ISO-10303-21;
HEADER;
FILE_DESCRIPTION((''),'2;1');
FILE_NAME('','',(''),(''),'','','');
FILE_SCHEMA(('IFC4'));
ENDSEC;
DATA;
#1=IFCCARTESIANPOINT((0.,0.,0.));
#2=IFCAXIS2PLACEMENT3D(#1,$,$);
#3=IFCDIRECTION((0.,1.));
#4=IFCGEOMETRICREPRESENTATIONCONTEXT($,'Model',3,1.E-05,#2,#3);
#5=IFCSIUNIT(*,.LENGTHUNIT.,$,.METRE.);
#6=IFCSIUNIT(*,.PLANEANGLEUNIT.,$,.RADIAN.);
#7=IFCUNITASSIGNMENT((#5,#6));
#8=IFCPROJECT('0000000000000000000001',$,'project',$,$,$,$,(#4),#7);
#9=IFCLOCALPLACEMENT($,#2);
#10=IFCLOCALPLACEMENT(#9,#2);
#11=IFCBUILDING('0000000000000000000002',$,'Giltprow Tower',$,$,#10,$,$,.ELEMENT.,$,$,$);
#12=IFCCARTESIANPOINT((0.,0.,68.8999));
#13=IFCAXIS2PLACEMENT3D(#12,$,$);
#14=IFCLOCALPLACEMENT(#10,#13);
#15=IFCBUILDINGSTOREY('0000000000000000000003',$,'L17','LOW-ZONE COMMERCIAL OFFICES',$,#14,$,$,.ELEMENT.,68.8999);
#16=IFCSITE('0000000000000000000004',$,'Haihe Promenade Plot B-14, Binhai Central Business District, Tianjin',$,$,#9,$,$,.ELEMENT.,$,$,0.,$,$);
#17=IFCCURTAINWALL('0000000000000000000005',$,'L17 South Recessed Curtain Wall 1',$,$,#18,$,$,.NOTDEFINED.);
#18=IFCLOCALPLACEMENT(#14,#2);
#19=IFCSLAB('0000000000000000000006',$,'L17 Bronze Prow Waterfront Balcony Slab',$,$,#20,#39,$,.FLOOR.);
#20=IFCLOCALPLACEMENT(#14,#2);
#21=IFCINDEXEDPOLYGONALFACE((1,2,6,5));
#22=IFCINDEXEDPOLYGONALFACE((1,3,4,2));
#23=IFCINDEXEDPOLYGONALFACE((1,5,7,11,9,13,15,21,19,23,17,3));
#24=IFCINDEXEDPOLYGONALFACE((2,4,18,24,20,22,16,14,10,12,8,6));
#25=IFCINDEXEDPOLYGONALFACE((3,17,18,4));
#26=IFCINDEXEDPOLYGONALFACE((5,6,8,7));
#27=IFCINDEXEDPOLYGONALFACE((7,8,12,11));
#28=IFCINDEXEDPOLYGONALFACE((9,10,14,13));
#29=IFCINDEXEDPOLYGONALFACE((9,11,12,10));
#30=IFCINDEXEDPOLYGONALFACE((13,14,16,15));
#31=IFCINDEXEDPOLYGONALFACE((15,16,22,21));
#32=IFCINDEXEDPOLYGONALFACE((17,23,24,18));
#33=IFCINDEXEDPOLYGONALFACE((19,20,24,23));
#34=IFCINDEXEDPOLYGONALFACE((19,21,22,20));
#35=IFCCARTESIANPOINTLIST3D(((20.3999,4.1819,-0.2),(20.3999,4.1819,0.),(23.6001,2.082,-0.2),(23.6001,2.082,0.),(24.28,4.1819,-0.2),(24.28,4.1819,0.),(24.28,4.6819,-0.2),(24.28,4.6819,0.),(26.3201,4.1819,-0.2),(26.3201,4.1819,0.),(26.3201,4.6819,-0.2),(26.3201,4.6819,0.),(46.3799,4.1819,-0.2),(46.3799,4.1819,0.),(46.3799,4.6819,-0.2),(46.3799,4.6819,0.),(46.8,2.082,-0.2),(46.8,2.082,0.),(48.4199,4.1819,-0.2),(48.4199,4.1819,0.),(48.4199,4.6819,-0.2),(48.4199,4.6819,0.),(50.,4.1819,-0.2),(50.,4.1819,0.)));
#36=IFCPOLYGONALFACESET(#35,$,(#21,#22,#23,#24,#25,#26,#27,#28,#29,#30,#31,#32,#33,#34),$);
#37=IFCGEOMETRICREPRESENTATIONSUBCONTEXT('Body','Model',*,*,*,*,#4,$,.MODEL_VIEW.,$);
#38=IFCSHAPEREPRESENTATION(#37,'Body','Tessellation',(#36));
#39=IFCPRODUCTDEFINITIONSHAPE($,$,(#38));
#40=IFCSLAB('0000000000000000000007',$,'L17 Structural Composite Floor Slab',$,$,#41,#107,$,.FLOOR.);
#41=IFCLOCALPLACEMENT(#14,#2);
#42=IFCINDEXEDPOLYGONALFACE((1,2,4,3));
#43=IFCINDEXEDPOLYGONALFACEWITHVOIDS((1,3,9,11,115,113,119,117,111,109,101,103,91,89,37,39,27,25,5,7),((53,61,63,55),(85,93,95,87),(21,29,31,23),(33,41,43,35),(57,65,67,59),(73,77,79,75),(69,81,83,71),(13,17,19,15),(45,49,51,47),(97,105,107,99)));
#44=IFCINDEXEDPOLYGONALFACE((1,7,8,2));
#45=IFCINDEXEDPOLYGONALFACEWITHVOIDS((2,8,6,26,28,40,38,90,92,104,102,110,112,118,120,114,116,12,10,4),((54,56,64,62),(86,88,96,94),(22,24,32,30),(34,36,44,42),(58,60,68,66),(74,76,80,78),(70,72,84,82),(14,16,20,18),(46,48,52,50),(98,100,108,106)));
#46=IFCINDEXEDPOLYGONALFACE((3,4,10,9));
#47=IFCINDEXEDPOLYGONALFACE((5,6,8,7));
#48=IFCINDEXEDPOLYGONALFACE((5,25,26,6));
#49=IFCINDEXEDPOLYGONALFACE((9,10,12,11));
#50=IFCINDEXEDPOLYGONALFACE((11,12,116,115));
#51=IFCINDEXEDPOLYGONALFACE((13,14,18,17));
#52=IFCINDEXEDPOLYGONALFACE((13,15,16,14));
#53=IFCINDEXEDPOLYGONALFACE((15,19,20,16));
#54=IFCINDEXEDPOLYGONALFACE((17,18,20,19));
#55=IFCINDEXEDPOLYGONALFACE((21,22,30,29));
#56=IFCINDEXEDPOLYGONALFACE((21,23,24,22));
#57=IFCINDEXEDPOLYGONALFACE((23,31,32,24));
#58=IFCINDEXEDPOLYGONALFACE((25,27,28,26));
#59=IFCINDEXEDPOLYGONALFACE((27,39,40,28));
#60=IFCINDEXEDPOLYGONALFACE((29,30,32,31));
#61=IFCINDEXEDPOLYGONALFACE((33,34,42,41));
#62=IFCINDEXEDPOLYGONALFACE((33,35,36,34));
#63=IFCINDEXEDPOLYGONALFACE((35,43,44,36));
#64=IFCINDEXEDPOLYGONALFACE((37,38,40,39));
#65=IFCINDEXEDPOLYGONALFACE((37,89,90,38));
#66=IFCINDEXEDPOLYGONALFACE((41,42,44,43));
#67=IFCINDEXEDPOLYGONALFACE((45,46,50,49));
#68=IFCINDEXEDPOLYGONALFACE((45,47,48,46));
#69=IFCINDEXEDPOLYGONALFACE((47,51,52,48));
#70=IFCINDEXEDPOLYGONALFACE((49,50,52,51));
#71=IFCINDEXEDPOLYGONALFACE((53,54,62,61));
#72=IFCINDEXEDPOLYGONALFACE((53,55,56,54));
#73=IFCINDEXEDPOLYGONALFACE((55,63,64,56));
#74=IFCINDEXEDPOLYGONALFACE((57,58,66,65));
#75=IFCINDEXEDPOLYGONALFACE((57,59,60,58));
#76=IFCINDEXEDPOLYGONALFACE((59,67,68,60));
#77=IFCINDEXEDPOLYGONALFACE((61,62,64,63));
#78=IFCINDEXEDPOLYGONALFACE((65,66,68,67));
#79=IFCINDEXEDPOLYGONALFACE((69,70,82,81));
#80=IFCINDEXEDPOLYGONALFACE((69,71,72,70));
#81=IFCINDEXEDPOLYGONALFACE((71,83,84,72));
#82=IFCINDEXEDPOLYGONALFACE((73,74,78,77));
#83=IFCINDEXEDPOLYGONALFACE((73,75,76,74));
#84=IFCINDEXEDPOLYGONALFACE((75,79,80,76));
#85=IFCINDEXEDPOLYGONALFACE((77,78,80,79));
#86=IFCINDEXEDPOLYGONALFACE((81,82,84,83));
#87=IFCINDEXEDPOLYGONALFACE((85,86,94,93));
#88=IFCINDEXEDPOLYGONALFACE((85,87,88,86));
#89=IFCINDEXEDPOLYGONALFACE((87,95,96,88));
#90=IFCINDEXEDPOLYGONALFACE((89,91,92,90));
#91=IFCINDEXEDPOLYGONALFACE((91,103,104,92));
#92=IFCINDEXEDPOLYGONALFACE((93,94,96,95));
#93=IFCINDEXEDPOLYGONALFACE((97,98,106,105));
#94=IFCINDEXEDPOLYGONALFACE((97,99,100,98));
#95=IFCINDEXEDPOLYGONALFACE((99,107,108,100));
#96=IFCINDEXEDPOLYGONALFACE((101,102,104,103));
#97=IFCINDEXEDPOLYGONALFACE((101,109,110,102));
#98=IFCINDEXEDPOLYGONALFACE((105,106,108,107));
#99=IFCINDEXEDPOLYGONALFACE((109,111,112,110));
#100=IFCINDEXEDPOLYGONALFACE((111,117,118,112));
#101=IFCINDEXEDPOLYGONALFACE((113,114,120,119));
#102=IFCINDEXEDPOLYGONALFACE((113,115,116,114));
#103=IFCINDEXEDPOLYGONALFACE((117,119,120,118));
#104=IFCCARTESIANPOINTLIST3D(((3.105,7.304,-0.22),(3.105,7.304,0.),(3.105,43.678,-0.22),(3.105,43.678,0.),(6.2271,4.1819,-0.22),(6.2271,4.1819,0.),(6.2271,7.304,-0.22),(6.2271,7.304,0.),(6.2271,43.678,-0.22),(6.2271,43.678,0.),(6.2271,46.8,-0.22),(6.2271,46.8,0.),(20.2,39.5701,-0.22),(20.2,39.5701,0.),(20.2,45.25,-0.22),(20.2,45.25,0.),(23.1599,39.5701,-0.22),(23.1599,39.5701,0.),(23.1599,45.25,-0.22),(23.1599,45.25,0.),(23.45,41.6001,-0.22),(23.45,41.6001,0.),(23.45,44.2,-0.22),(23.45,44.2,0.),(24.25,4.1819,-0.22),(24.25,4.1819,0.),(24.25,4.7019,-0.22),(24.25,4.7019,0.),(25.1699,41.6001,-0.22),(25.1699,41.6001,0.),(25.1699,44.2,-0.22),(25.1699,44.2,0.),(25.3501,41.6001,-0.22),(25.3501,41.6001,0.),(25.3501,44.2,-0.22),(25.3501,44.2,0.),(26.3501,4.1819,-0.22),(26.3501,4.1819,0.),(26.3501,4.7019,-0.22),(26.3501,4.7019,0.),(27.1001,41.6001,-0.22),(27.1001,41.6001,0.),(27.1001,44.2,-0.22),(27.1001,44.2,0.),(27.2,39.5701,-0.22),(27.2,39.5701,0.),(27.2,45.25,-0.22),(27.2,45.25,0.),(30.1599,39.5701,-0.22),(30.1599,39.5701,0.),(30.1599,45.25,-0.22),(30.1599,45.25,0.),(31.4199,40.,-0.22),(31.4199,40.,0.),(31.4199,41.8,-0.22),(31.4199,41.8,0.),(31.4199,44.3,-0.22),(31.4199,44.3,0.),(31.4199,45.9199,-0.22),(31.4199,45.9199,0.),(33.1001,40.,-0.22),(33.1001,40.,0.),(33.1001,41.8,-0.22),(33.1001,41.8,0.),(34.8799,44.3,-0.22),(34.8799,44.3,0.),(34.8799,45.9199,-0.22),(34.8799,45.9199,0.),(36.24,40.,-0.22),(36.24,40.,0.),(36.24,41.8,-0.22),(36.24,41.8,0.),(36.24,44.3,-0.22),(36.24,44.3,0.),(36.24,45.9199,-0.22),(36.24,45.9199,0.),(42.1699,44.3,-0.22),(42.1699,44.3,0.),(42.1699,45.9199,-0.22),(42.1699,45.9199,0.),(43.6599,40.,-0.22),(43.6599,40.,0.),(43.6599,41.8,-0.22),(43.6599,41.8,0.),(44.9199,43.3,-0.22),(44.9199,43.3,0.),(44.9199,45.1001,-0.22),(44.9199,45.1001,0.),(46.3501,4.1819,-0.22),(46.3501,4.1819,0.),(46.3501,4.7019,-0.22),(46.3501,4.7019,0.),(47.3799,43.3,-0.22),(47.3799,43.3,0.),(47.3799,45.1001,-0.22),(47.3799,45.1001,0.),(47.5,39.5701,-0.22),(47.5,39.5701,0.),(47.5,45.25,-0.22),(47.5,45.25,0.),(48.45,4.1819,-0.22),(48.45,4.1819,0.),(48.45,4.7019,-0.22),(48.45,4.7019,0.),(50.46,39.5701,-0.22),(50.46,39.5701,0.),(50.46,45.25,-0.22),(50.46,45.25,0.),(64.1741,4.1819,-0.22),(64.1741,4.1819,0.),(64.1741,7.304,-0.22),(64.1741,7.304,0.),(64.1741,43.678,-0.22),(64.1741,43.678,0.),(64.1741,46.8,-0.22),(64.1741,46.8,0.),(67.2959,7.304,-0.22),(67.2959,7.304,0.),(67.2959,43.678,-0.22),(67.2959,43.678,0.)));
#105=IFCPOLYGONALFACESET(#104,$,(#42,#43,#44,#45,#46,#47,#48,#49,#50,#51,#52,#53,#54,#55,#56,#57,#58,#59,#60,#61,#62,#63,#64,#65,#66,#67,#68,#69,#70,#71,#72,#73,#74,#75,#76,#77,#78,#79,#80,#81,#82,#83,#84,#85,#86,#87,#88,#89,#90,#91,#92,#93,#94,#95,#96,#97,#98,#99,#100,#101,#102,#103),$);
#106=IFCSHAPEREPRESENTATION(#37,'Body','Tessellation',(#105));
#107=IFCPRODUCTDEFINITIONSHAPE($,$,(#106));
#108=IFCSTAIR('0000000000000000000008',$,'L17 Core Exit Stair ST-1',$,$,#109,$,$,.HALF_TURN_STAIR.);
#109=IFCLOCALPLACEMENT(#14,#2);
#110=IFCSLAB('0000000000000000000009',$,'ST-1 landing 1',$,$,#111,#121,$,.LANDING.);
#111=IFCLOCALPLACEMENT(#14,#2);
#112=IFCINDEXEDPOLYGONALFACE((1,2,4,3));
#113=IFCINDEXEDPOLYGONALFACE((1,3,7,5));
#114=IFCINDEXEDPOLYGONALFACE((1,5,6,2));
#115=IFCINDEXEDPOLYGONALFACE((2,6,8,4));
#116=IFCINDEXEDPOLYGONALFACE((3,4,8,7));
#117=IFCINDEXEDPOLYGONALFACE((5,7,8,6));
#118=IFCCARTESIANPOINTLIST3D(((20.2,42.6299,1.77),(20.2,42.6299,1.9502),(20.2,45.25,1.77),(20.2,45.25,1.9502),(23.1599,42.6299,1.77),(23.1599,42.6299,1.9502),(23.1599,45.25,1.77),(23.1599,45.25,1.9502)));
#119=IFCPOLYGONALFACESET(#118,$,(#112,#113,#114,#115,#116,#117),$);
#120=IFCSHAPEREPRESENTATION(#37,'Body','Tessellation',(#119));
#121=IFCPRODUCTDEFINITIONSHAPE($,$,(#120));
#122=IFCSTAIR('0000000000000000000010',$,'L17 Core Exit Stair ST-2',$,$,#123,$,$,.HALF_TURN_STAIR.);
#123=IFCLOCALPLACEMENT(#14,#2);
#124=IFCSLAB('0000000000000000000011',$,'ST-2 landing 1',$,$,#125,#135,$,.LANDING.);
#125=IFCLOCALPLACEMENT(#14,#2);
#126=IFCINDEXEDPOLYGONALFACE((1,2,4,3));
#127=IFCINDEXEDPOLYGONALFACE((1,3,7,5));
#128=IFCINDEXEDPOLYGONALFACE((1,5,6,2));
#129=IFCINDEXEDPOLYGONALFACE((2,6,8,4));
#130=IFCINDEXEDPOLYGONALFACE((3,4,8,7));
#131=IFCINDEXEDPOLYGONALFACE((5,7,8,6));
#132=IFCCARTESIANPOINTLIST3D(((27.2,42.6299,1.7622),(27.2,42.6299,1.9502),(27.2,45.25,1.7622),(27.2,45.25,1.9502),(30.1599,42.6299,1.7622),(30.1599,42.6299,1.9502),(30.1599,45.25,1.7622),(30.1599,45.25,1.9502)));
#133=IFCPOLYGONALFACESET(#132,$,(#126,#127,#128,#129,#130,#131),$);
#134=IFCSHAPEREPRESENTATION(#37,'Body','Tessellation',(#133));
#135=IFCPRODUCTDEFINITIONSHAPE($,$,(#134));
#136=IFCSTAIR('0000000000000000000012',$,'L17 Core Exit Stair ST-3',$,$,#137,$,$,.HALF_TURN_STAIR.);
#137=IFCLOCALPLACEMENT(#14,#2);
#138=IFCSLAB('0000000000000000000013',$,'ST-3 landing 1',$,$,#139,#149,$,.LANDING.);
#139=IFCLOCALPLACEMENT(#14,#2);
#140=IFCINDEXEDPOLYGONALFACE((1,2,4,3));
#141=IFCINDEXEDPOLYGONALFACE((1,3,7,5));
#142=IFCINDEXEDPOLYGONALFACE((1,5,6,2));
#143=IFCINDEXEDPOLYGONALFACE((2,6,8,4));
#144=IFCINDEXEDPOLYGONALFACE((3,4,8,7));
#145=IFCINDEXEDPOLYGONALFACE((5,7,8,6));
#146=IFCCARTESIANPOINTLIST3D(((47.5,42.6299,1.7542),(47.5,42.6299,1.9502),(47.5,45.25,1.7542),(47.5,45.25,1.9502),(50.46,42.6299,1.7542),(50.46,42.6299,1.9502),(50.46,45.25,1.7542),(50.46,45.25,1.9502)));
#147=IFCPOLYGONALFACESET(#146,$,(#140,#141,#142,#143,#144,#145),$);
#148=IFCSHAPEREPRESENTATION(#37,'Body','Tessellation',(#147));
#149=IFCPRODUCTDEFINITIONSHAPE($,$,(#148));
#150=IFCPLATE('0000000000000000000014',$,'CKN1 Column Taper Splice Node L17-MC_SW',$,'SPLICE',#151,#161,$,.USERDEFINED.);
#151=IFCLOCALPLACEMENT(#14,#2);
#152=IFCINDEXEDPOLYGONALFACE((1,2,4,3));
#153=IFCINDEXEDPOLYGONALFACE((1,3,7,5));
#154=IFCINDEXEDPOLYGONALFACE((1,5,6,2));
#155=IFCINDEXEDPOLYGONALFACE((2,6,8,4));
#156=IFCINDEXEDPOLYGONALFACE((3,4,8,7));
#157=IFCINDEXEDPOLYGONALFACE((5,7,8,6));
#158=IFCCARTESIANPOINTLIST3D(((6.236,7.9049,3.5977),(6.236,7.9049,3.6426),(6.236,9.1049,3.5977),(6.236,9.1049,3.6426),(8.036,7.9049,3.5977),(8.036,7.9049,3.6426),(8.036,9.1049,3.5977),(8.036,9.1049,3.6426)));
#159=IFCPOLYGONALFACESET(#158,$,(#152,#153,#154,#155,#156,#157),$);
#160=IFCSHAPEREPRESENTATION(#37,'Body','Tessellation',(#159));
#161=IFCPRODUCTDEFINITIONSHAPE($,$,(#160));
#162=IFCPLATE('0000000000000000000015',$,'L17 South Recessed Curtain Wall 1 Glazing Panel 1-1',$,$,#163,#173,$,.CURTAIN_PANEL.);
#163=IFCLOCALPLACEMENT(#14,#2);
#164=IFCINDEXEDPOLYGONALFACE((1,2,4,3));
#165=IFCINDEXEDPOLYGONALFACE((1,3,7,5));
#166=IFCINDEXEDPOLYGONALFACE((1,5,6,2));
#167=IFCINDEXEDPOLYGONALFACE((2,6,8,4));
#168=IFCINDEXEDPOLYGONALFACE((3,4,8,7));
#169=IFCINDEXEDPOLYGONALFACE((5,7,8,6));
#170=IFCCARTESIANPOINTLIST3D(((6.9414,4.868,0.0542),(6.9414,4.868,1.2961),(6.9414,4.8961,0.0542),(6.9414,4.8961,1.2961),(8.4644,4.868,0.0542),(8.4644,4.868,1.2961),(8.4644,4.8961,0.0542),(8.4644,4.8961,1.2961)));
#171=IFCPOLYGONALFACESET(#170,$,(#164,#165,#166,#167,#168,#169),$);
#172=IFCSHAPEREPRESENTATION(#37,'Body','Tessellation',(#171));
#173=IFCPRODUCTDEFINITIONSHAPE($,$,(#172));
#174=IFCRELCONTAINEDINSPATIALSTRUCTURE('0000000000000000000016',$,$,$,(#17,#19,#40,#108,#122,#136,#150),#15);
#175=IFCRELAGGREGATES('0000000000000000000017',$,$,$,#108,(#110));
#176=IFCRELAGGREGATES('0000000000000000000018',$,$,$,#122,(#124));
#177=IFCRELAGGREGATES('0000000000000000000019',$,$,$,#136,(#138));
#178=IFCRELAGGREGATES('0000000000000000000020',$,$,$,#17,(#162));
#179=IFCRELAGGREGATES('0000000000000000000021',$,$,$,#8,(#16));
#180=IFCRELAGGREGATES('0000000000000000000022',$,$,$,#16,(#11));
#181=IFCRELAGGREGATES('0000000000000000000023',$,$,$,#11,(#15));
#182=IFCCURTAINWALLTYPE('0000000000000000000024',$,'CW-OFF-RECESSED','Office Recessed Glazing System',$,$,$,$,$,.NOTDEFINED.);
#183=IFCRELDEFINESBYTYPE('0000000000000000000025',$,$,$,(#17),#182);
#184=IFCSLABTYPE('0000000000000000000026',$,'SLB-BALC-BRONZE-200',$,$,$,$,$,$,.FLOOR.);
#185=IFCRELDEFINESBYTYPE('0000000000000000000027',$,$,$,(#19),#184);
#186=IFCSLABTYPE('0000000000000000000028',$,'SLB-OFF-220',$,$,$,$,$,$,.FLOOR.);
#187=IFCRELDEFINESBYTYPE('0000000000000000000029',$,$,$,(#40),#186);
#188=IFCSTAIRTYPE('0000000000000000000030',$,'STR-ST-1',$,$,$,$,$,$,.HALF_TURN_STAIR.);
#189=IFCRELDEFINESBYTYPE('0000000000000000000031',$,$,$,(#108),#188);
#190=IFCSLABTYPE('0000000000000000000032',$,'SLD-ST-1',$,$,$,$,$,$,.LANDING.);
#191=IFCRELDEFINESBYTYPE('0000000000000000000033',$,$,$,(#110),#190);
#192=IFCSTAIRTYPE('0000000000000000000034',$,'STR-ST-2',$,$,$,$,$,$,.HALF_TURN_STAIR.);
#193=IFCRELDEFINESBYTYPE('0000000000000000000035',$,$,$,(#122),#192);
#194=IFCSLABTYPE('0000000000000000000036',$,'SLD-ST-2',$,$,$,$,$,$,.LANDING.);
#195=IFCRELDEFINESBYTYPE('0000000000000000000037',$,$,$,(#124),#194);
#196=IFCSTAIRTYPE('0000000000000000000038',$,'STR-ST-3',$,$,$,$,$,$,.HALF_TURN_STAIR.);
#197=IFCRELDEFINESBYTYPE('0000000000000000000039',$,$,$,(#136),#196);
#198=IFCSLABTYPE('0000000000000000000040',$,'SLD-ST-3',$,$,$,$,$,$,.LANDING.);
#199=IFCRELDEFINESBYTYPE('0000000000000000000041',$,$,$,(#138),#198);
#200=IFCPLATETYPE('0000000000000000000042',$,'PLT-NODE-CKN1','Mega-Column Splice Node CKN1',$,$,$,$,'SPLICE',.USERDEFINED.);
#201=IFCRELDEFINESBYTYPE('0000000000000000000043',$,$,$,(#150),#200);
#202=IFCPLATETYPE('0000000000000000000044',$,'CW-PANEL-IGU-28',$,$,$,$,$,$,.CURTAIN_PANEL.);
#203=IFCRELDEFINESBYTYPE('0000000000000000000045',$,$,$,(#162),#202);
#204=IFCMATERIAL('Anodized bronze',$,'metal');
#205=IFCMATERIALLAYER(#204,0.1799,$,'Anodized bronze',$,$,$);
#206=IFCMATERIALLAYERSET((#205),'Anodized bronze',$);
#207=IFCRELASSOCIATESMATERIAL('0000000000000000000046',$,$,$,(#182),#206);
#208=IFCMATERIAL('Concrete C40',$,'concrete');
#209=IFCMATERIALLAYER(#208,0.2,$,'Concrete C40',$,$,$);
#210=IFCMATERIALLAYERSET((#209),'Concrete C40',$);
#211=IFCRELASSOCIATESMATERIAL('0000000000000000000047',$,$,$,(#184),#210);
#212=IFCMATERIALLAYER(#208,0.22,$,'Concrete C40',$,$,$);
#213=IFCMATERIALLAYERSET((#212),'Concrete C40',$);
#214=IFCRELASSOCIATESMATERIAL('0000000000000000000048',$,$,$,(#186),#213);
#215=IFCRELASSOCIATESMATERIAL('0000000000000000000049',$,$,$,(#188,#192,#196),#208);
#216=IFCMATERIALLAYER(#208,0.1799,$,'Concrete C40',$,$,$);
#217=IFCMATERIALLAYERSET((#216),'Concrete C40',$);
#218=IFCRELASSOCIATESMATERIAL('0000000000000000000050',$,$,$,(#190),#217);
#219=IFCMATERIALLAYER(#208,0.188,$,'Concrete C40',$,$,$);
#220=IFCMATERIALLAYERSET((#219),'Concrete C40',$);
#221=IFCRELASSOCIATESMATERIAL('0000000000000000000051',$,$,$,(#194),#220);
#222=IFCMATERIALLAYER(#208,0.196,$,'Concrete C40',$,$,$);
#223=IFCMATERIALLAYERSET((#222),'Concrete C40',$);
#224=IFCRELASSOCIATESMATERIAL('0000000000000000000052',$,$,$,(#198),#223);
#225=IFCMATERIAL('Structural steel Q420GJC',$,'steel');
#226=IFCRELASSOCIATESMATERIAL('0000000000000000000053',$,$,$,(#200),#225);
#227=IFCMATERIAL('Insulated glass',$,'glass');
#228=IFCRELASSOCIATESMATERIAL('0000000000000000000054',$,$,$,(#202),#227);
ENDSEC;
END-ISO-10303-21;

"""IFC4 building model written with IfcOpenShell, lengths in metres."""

from ifc_helpers import new_model, si_unit, direction, frame, origin, origin_2d, place, context, subcontext, project, spatial, polyline, rectangle, outline, extrude, source, transform, mapped, material, layer, layer_set, type_object, element, aggregate, save


model = new_model("IFC4")

# Units and contexts
model_context = context("Model", 3, precision=1e-05, world=origin(), true_north=direction((0.0, 1.0)))
body_context = subcontext(model_context, "Body", "Model", "MODEL_VIEW")
ifc_project = project(units=[si_unit("LENGTHUNIT", "METRE"), si_unit("PLANEANGLEUNIT", "RADIAN")], contexts=[model_context])

# Site, building, storey
site_placement = place(None, origin())
site = spatial("IfcSite", under=ifc_project, at=site_placement, Name="Haihe Promenade Plot B-14, Binhai Central Business District, Tianjin", CompositionType="ELEMENT", RefElevation=0.0)
building_placement = place(site_placement, origin())
building = spatial("IfcBuilding", under=site, at=building_placement, Name="Giltprow Tower", CompositionType="ELEMENT")
storey_placement = place(building_placement, frame((0.0, 0.0, 68.8999)))
storey = spatial("IfcBuildingStorey", under=building, at=storey_placement, Name="L17", Description="LOW-ZONE COMMERCIAL OFFICES", CompositionType="ELEMENT", Elevation=68.8999)

# Shared definitions
ifc_material_1 = material(Name="Structural steel Q420GJC", Category="steel")

# Curtain wall
ifc_material_2 = material(Name="Anodized bronze", Category="metal")
ifc_layer_1 = layer(ifc_material_2, 0.1799, Name="Anodized bronze")
ifc_layer_set_1 = layer_set([ifc_layer_1], Name="Anodized bronze")
curtain_wall_type = type_object("IfcCurtainWallType", Name="CW-OFF-RECESSED", Description="Office Recessed Glazing System", PredefinedType="NOTDEFINED", material=ifc_layer_set_1)
curtain_wall_placement = place(storey_placement, origin())
curtain_wall = element("IfcCurtainWall", 1, at=curtain_wall_placement, inside=storey, type_object=curtain_wall_type, Name="L17 South Recessed Curtain Wall 1", PredefinedType="NOTDEFINED")

# Slabs
ifc_material_3 = material(Name="Concrete C40", Category="concrete")
ifc_layer_2 = layer(ifc_material_3, 0.2, Name="Concrete C40")
ifc_layer_set_2 = layer_set([ifc_layer_2], Name="Concrete C40")
slab_type_1 = type_object("IfcSlabType", Name="SLB-BALC-BRONZE-200", PredefinedType="FLOOR", material=ifc_layer_set_2)
slab_1_placement = place(storey_placement, frame((0.0, 0.0, -0.2)))
element("IfcSlab", 2, at=slab_1_placement, inside=storey, type_object=slab_type_1, Name="L17 Bronze Prow Waterfront Balcony Slab", PredefinedType="FLOOR", context=body_context, shape_type="SweptSolid", body=[
    extrude(outline(polyline([(50.0, 4.1819), (46.8, 2.082), (23.6001, 2.082), (20.3999, 4.1819), (24.28, 4.1819), (24.28, 4.6819), (26.3201, 4.6819), (26.3201, 4.1819), (46.3799, 4.1819), (46.3799, 4.6819), (48.4199, 4.6819), (48.4199, 4.1819), (50.0, 4.1819)])), origin(), (0.0, 0.0, 1.0), 0.2),
])
ifc_layer_3 = layer(ifc_material_3, 0.22, Name="Concrete C40")
ifc_layer_set_3 = layer_set([ifc_layer_3], Name="Concrete C40")
slab_type_2 = type_object("IfcSlabType", Name="SLB-OFF-220", PredefinedType="FLOOR", material=ifc_layer_set_3)
slab_2_placement = place(storey_placement, frame((0.0, 0.0, -0.22)))
element("IfcSlab", 3, at=slab_2_placement, inside=storey, type_object=slab_type_2, Name="L17 Structural Composite Floor Slab", PredefinedType="FLOOR", context=body_context, shape_type="SweptSolid", body=[
    extrude(outline(polyline([(6.2271, 4.1819), (6.2271, 7.304), (3.105, 7.304), (3.105, 43.678), (6.2271, 43.678), (6.2271, 46.8), (64.1741, 46.8), (64.1741, 43.678), (67.2959, 43.678), (67.2959, 7.304), (64.1741, 7.304), (64.1741, 4.1819), (48.45, 4.1819), (48.45, 4.7019), (46.3501, 4.7019), (46.3501, 4.1819), (26.3501, 4.1819), (26.3501, 4.7019), (24.25, 4.7019), (24.25, 4.1819), (6.2271, 4.1819)]), holes=[polyline([(33.1001, 41.8), (31.4199, 41.8), (31.4199, 40.0), (33.1001, 40.0), (33.1001, 41.8)]), polyline([(23.1599, 39.5701), (23.1599, 45.25), (20.2, 45.25), (20.2, 39.5701), (23.1599, 39.5701)]), polyline([(30.1599, 45.25), (27.2, 45.25), (27.2, 39.5701), (30.1599, 39.5701), (30.1599, 45.25)]), polyline([(25.1699, 41.6001), (25.1699, 44.2), (23.45, 44.2), (23.45, 41.6001), (25.1699, 41.6001)]), polyline([(27.1001, 41.6001), (27.1001, 44.2), (25.3501, 44.2), (25.3501, 41.6001), (27.1001, 41.6001)]), polyline([(43.6599, 40.0), (43.6599, 41.8), (36.24, 41.8), (36.24, 40.0), (43.6599, 40.0)]), polyline([(50.46, 39.5701), (50.46, 45.25), (47.5, 45.25), (47.5, 39.5701), (50.46, 39.5701)]), polyline([(47.3799, 45.1001), (44.9199, 45.1001), (44.9199, 43.3), (47.3799, 43.3), (47.3799, 45.1001)]), polyline([(34.8799, 44.3), (34.8799, 45.9199), (31.4199, 45.9199), (31.4199, 44.3), (34.8799, 44.3)]), polyline([(42.1699, 44.3), (42.1699, 45.9199), (36.24, 45.9199), (36.24, 44.3), (42.1699, 44.3)])]), origin(), (0.0, 0.0, 1.0), 0.22),
])

# Stairs, slabs
stair_type_1 = type_object("IfcStairType", Name="STR-ST-1", PredefinedType="HALF_TURN_STAIR", material=ifc_material_3)
stair_1_placement = place(storey_placement, origin())
stair_1 = element("IfcStair", 4, at=stair_1_placement, inside=storey, type_object=stair_type_1, Name="L17 Core Exit Stair ST-1", PredefinedType="HALF_TURN_STAIR")
ifc_layer_4 = layer(ifc_material_3, 0.1799, Name="Concrete C40")
ifc_layer_set_4 = layer_set([ifc_layer_4], Name="Concrete C40")
slab_type_3 = type_object("IfcSlabType", Name="SLD-ST-1", PredefinedType="LANDING", material=ifc_layer_set_4)
slab_3_placement = place(storey_placement, frame((0.0, 0.0, 1.77)))
slab_3 = element("IfcSlab", 5, at=slab_3_placement, type_object=slab_type_3, Name="ST-1 landing 1", PredefinedType="LANDING", context=body_context, shape_type="SweptSolid", body=[
    extrude(outline(polyline([(23.1599, 42.6299), (23.1599, 45.25), (20.2, 45.25), (20.2, 42.6299), (23.1599, 42.6299)])), origin(), (0.0, 0.0, 1.0), 0.1802),
])
aggregate(stair_1, [slab_3])
stair_type_2 = type_object("IfcStairType", Name="STR-ST-2", PredefinedType="HALF_TURN_STAIR", material=ifc_material_3)
stair_2_placement = place(storey_placement, origin())
stair_2 = element("IfcStair", 6, at=stair_2_placement, inside=storey, type_object=stair_type_2, Name="L17 Core Exit Stair ST-2", PredefinedType="HALF_TURN_STAIR")
ifc_layer_5 = layer(ifc_material_3, 0.188, Name="Concrete C40")
ifc_layer_set_5 = layer_set([ifc_layer_5], Name="Concrete C40")
slab_type_4 = type_object("IfcSlabType", Name="SLD-ST-2", PredefinedType="LANDING", material=ifc_layer_set_5)
slab_4_placement = place(storey_placement, frame((0.0, 0.0, 1.7622)))
slab_4 = element("IfcSlab", 7, at=slab_4_placement, type_object=slab_type_4, Name="ST-2 landing 1", PredefinedType="LANDING", context=body_context, shape_type="SweptSolid", body=[
    extrude(outline(polyline([(30.1599, 42.6299), (30.1599, 45.25), (27.2, 45.25), (27.2, 42.6299), (30.1599, 42.6299)])), origin(), (0.0, 0.0, 1.0), 0.188),
])
aggregate(stair_2, [slab_4])
stair_type_3 = type_object("IfcStairType", Name="STR-ST-3", PredefinedType="HALF_TURN_STAIR", material=ifc_material_3)
stair_3_placement = place(storey_placement, origin())
stair_3 = element("IfcStair", 8, at=stair_3_placement, inside=storey, type_object=stair_type_3, Name="L17 Core Exit Stair ST-3", PredefinedType="HALF_TURN_STAIR")
ifc_layer_6 = layer(ifc_material_3, 0.196, Name="Concrete C40")
ifc_layer_set_6 = layer_set([ifc_layer_6], Name="Concrete C40")
slab_type_5 = type_object("IfcSlabType", Name="SLD-ST-3", PredefinedType="LANDING", material=ifc_layer_set_6)
slab_5_placement = place(storey_placement, frame((0.0, 0.0, 1.7542)))
slab_5 = element("IfcSlab", 9, at=slab_5_placement, type_object=slab_type_5, Name="ST-3 landing 1", PredefinedType="LANDING", context=body_context, shape_type="SweptSolid", body=[
    extrude(outline(polyline([(50.46, 42.6299), (50.46, 45.25), (47.5, 45.25), (47.5, 42.6299), (50.46, 42.6299)])), origin(), (0.0, 0.0, 1.0), 0.196),
])
aggregate(stair_3, [slab_5])

# Plates
plate_type_1 = type_object("IfcPlateType", Name="PLT-NODE-CKN1", Description="Mega-Column Splice Node CKN1", ElementType="SPLICE", PredefinedType="USERDEFINED", material=ifc_material_1)
shared_shape_1 = source(origin(), body_context, "Body", "SweptSolid", [
    extrude(rectangle(XDim=1.8, YDim=1.2, at=origin_2d()), origin(), (0.0, 0.0, 1.0), 0.0449),
])
plate_1_placement = place(storey_placement, frame((7.136, 8.5049, 3.5977), z_axis=(0.0, 0.0, 1.0), x_axis=(1.0, 0.0, 0.0)))
element("IfcPlate", 10, at=plate_1_placement, inside=storey, type_object=plate_type_1, Name="CKN1 Column Taper Splice Node L17-MC_SW", ObjectType="SPLICE", PredefinedType="USERDEFINED", context=body_context, shape_type="MappedRepresentation", body=[
    mapped(shared_shape_1, transform((0.0, 0.0, 0.0), x_axis=(1.0, 0.0, 0.0), y_axis=(0.0, 1.0, 0.0), z_axis=(0.0, 0.0, 1.0), scale=1.0)),
])
ifc_material_4 = material(Name="Insulated glass", Category="glass")
plate_type_2 = type_object("IfcPlateType", Name="CW-PANEL-IGU-28", PredefinedType="CURTAIN_PANEL", material=ifc_material_4)
shared_shape_2 = source(origin(), body_context, "Body", "SweptSolid", [
    extrude(rectangle(XDim=1.5229, YDim=0.0281, at=origin_2d()), origin(), (0.0, 0.0, 1.0), 1.2419),
])
plate_2_placement = place(storey_placement, frame((7.7029, 4.8821, 0.0542), z_axis=(0.0, 0.0, 1.0), x_axis=(1.0, 0.0, 0.0)))
plate_2 = element("IfcPlate", 11, at=plate_2_placement, type_object=plate_type_2, Name="L17 South Recessed Curtain Wall 1 Glazing Panel 1-1", PredefinedType="CURTAIN_PANEL", context=body_context, shape_type="MappedRepresentation", body=[
    mapped(shared_shape_2, transform((0.0, 0.0, 0.0), x_axis=(1.0, 0.0, 0.0), y_axis=(0.0, 1.0, 0.0), z_axis=(0.0, 0.0, 1.0), scale=1.0)),
])
aggregate(curtain_wall, [plate_2])

save(model, "model.ifc")
